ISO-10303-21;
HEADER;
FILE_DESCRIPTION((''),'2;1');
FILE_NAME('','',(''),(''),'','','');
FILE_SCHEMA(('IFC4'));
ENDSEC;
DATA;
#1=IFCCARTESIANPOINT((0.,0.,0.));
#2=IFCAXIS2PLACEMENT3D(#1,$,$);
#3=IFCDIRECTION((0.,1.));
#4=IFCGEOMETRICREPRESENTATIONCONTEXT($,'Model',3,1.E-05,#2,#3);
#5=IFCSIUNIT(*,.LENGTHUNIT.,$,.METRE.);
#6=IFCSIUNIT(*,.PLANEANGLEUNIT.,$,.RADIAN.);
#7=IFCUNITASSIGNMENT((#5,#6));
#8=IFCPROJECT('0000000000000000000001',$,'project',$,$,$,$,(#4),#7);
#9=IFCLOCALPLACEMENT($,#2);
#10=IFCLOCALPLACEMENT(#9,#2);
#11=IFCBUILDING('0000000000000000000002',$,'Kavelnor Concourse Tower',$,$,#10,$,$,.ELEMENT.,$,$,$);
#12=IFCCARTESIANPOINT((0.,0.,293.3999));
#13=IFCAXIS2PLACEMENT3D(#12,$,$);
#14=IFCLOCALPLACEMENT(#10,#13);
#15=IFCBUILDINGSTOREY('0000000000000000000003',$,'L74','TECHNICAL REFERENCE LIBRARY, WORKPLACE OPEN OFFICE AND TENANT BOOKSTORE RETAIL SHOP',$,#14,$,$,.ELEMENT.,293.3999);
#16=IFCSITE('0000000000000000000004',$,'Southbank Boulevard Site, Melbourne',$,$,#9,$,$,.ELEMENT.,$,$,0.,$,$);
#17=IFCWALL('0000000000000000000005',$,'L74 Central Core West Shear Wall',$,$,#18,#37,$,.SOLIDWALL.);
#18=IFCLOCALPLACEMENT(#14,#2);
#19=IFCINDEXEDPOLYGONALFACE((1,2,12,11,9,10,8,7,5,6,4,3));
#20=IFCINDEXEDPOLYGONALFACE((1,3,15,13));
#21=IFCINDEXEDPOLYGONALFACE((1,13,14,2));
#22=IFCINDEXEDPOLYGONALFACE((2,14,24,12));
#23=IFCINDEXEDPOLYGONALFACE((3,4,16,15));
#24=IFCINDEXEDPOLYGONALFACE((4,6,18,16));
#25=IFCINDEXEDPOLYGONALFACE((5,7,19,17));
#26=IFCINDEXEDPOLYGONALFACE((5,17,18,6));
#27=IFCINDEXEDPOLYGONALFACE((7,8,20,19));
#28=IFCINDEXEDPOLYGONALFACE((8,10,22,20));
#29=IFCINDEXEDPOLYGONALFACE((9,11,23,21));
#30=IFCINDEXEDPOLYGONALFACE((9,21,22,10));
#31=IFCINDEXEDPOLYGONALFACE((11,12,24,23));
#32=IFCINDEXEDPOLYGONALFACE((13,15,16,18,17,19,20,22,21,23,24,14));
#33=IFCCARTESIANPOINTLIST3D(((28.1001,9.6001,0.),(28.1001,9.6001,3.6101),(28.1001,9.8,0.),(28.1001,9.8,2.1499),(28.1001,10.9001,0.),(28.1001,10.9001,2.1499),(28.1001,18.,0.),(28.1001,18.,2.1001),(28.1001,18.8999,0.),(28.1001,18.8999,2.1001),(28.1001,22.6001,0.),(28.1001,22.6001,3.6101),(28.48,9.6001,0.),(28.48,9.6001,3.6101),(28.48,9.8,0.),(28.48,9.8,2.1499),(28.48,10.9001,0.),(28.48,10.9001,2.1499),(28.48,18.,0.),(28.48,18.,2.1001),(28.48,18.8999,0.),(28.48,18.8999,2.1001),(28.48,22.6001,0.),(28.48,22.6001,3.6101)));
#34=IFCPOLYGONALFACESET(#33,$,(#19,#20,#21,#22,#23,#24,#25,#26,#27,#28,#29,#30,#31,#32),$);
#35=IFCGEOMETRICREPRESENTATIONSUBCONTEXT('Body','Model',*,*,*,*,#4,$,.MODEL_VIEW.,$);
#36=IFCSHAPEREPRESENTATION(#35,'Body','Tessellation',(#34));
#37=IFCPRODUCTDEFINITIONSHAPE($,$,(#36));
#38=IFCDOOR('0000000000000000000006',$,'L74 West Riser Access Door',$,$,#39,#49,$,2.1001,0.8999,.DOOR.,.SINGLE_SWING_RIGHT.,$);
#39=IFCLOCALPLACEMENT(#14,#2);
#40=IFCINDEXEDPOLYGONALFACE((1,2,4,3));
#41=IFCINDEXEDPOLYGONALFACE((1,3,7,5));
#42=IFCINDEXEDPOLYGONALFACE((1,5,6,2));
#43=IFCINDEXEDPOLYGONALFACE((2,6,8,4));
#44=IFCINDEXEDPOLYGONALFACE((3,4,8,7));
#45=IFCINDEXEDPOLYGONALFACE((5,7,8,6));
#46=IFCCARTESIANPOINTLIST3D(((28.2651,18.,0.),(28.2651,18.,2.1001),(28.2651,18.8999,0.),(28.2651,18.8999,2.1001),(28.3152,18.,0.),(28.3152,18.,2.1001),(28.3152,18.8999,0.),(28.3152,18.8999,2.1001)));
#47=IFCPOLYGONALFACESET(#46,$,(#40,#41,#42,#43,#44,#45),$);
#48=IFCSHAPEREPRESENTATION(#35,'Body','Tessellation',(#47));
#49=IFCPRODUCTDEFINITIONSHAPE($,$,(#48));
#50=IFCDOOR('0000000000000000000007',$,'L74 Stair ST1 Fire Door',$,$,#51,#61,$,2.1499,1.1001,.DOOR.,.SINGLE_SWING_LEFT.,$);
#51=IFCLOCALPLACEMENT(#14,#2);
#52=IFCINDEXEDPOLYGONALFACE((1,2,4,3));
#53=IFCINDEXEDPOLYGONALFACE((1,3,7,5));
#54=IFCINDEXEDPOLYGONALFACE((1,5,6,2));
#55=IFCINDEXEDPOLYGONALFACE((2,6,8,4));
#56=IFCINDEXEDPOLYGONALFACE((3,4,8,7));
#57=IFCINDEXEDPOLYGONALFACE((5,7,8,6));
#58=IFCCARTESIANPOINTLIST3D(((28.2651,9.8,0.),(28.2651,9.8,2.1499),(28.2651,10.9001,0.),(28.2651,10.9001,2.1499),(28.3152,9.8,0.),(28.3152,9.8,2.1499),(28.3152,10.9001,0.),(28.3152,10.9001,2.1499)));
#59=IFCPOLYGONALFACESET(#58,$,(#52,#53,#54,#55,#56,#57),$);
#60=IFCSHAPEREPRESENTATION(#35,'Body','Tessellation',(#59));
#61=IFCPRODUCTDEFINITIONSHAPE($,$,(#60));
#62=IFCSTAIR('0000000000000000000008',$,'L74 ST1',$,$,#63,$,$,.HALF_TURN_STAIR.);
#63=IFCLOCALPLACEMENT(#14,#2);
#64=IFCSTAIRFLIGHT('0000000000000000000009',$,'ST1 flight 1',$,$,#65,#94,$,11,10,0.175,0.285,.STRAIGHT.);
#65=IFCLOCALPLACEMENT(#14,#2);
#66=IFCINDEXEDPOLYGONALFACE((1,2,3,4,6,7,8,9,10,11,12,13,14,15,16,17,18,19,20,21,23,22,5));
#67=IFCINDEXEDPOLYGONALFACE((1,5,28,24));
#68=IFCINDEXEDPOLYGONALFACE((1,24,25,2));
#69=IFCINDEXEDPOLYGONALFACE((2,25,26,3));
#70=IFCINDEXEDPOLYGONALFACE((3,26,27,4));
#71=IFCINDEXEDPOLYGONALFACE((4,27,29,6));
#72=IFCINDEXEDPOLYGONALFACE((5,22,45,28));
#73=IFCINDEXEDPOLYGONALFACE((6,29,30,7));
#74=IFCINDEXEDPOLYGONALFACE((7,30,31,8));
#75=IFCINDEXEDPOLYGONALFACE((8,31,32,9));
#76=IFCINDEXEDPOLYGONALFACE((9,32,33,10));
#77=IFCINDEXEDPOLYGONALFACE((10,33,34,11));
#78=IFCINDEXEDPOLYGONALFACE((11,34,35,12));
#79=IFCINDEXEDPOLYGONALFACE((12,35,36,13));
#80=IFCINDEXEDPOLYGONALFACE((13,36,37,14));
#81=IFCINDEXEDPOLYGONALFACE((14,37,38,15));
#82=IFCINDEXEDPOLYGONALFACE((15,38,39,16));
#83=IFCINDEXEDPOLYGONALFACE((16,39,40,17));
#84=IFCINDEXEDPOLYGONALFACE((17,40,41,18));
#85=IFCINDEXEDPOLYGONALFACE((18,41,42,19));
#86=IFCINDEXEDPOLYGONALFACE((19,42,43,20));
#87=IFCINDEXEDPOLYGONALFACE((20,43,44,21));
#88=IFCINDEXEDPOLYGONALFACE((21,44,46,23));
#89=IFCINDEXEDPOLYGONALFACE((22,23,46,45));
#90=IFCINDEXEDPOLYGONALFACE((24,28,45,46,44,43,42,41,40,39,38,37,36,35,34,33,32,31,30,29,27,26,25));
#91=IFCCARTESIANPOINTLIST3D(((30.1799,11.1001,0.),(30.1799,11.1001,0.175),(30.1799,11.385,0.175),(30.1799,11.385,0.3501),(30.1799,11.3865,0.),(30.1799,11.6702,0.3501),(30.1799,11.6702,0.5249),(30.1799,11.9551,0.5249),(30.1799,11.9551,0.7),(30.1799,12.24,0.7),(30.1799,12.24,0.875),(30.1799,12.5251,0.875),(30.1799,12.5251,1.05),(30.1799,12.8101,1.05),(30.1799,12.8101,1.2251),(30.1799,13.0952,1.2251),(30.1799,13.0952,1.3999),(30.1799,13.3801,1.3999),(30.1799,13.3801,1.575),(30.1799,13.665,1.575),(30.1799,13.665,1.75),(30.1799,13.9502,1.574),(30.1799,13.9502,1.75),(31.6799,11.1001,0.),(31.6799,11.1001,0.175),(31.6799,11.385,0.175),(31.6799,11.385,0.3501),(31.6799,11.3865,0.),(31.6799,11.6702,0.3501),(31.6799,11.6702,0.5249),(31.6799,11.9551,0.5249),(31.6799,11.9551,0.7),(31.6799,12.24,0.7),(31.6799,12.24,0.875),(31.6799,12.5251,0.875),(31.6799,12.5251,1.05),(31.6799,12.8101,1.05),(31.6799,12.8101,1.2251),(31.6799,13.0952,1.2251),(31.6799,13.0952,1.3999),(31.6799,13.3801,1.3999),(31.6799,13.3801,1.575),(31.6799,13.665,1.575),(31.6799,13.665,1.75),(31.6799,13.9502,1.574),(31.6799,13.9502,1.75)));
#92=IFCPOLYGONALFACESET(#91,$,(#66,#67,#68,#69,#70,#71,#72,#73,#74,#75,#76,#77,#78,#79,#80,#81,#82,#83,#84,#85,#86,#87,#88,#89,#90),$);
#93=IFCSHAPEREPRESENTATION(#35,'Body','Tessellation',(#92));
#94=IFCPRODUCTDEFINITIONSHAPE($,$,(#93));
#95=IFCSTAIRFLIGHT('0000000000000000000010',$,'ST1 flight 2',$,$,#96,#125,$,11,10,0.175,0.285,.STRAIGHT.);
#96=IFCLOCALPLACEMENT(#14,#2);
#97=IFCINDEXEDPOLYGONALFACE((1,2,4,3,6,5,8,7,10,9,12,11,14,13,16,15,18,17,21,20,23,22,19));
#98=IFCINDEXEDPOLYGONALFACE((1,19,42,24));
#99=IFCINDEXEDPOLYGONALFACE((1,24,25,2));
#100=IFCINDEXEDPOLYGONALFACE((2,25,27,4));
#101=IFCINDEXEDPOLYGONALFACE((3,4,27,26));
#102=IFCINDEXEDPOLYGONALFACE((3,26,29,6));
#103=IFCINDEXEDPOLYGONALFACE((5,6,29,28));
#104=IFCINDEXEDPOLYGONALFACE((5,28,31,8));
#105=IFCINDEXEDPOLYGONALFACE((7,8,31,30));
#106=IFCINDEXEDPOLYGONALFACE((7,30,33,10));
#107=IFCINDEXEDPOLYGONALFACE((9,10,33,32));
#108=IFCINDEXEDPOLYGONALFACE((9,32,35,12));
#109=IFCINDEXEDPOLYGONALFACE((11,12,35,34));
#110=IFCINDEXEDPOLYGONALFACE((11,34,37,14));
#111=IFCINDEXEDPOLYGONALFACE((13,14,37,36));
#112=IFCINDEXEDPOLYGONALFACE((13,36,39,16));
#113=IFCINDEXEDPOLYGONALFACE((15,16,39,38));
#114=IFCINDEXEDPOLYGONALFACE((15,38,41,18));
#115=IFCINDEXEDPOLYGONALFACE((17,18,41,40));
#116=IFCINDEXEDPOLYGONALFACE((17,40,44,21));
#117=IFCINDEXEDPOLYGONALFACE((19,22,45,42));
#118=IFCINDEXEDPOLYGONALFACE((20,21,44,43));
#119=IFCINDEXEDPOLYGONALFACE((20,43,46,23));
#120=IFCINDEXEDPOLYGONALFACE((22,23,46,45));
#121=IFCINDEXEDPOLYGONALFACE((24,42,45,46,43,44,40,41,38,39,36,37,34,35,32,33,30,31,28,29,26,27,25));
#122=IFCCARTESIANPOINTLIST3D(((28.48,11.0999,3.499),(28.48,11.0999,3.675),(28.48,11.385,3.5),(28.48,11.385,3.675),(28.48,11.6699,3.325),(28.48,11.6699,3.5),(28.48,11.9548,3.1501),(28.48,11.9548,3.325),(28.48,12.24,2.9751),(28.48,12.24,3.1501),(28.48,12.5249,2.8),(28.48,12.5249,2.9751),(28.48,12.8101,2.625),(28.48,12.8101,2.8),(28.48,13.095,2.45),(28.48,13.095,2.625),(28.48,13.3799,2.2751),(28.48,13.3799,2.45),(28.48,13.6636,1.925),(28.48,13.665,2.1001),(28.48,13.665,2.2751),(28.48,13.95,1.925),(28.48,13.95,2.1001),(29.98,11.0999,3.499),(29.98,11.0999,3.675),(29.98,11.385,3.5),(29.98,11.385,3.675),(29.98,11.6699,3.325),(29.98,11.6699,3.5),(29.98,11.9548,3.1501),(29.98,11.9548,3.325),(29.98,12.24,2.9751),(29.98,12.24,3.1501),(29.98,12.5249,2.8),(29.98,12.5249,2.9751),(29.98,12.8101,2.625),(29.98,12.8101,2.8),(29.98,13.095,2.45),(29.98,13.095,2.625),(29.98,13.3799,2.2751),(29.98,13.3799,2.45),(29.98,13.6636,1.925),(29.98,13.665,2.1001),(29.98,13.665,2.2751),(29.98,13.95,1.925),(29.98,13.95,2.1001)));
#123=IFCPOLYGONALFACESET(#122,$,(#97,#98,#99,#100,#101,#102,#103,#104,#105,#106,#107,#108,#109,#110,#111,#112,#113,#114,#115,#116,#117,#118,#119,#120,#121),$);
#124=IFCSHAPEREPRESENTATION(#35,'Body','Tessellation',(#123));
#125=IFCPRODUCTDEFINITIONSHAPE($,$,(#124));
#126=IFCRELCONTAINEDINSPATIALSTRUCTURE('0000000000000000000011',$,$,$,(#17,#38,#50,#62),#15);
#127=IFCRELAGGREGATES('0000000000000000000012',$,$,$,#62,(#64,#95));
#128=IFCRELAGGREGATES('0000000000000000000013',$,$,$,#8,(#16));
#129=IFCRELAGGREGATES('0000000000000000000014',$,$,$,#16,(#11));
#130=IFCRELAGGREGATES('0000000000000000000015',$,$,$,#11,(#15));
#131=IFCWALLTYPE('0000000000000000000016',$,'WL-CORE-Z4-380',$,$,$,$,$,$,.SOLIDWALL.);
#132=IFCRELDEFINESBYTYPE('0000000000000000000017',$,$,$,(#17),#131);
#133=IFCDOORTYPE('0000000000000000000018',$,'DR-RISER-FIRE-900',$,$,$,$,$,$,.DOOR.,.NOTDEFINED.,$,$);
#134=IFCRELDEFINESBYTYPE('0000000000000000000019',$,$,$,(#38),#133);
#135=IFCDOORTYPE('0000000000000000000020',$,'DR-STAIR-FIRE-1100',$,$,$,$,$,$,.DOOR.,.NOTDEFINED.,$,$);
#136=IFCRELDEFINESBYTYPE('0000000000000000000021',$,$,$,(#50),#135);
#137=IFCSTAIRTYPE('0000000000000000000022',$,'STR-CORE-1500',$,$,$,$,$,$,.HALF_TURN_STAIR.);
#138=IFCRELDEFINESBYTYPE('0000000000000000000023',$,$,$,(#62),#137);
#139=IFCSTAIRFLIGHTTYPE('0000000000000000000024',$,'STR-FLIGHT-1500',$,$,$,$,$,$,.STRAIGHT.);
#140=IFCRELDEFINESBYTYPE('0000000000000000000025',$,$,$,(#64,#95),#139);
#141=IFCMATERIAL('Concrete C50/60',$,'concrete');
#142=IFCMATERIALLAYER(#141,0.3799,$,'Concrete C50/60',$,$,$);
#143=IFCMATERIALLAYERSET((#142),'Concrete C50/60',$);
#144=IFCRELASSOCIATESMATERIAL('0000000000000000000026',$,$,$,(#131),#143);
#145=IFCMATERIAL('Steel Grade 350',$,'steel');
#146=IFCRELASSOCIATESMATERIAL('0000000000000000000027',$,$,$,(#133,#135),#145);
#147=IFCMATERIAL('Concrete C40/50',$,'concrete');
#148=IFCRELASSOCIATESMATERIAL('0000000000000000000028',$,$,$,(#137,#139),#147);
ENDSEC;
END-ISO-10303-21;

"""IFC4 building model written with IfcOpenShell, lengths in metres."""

from ifc_helpers import new_model, si_unit, direction, frame, frame_2d, origin, place, context, subcontext, project, spatial, polyline, rectangle, outline, extrude, material, layer, layer_set, type_object, element, fill, aggregate, save


model = new_model("IFC4")

# Units and contexts
model_context = context("Model", 3, precision=1e-05, world=origin(), true_north=direction((0.0, 1.0)))
body_context = subcontext(model_context, "Body", "Model", "MODEL_VIEW")
ifc_project = project(units=[si_unit("LENGTHUNIT", "METRE"), si_unit("PLANEANGLEUNIT", "RADIAN")], contexts=[model_context])

# Site, building, storey
site_placement = place(None, origin())
site = spatial("IfcSite", under=ifc_project, at=site_placement, Name="Southbank Boulevard Site, Melbourne", CompositionType="ELEMENT", RefElevation=0.0)
building_placement = place(site_placement, origin())
building = spatial("IfcBuilding", under=site, at=building_placement, Name="Kavelnor Concourse Tower", CompositionType="ELEMENT")
storey_placement = place(building_placement, frame((0.0, 0.0, 293.3999)))
storey = spatial("IfcBuildingStorey", under=building, at=storey_placement, Name="L74", Description="TECHNICAL REFERENCE LIBRARY, WORKPLACE OPEN OFFICE AND TENANT BOOKSTORE RETAIL SHOP", CompositionType="ELEMENT", Elevation=293.3999)

# Shared definitions
ifc_material_1 = material(Name="Steel Grade 350", Category="steel")

# Shared definitions
ifc_material_2 = material(Name="Concrete C50/60", Category="concrete")
ifc_layer = layer(ifc_material_2, 0.3799, Name="Concrete C50/60")
ifc_layer_set = layer_set([ifc_layer], Name="Concrete C50/60")
wall_type = type_object("IfcWallType", Name="WL-CORE-Z4-380", PredefinedType="SOLIDWALL", material=ifc_layer_set)

# Wall, openings, doors
wall_1_placement = place(storey_placement, frame((28.29, 9.6001, 0.0), z_axis=(0.0, 0.0, 1.0), x_axis=(0.0, 1.0, 0.0)))
wall_1 = element("IfcWall", 1, at=wall_1_placement, inside=storey, type_object=wall_type, Name="L74 Central Core West Shear Wall", PredefinedType="SOLIDWALL", context=body_context, shape_type="SweptSolid", body=[
    extrude(rectangle(XDim=13.0, YDim=0.3799, at=frame_2d((6.5, 0.0))), origin(), (0.0, 0.0, 1.0), 3.6101),
])
opening_1_placement = place(wall_1_placement, frame((0.2, 0.0, 0.0)))
opening_1 = element("IfcOpeningElement", 2, at=opening_1_placement, cuts=wall_1, PredefinedType="OPENING", context=body_context, shape_type="SweptSolid", body=[
    extrude(rectangle(XDim=1.1001, YDim=2.1499, at=frame_2d((0.55, 1.075))), frame((0.0, 0.2, 0.0), z_axis=(0.0, -1.0, 0.0), x_axis=(1.0, 0.0, 0.0)), (0.0, 0.0, 1.0), 0.3999),
])
opening_2_placement = place(wall_1_placement, frame((8.3999, 0.0, 0.0)))
opening_2 = element("IfcOpeningElement", 3, at=opening_2_placement, cuts=wall_1, PredefinedType="OPENING", context=body_context, shape_type="SweptSolid", body=[
    extrude(rectangle(XDim=0.8999, YDim=2.1001, at=frame_2d((0.45, 1.05))), frame((0.0, 0.2, 0.0), z_axis=(0.0, -1.0, 0.0), x_axis=(1.0, 0.0, 0.0)), (0.0, 0.0, 1.0), 0.3999),
])
door_type_1 = type_object("IfcDoorType", Name="DR-RISER-FIRE-900", OperationType="NOTDEFINED", PredefinedType="DOOR", material=ifc_material_1)
door_1_placement = place(opening_2_placement, origin())
door_1 = element("IfcDoor", 4, at=door_1_placement, inside=storey, type_object=door_type_1, Name="L74 West Riser Access Door", OperationType="SINGLE_SWING_RIGHT", OverallHeight=2.1001, OverallWidth=0.8999, PredefinedType="DOOR", context=body_context, shape_type="SweptSolid", body=[
    extrude(rectangle(XDim=0.8999, YDim=2.1001, at=frame_2d((0.45, 1.05))), frame((0.0, 0.0249, 0.0), z_axis=(0.0, -1.0, 0.0), x_axis=(1.0, 0.0, 0.0)), (0.0, 0.0, 1.0), 0.05),
])
fill(opening_2, door_1)
door_type_2 = type_object("IfcDoorType", Name="DR-STAIR-FIRE-1100", OperationType="NOTDEFINED", PredefinedType="DOOR", material=ifc_material_1)
door_2_placement = place(opening_1_placement, origin())
door_2 = element("IfcDoor", 5, at=door_2_placement, inside=storey, type_object=door_type_2, Name="L74 Stair ST1 Fire Door", OperationType="SINGLE_SWING_LEFT", OverallHeight=2.1499, OverallWidth=1.1001, PredefinedType="DOOR", context=body_context, shape_type="SweptSolid", body=[
    extrude(rectangle(XDim=1.1001, YDim=2.1499, at=frame_2d((0.55, 1.075))), frame((0.0, 0.0249, 0.0), z_axis=(0.0, -1.0, 0.0), x_axis=(1.0, 0.0, 0.0)), (0.0, 0.0, 1.0), 0.05),
])
fill(opening_1, door_2)

# Stair, stair flights
ifc_material_3 = material(Name="Concrete C40/50", Category="concrete")
stair_type = type_object("IfcStairType", Name="STR-CORE-1500", PredefinedType="HALF_TURN_STAIR", material=ifc_material_3)
stair_placement = place(storey_placement, origin())
stair = element("IfcStair", 6, at=stair_placement, inside=storey, type_object=stair_type, Name="L74 ST1", PredefinedType="HALF_TURN_STAIR")
stair_flight_type = type_object("IfcStairFlightType", Name="STR-FLIGHT-1500", PredefinedType="STRAIGHT", material=ifc_material_3)
stair_flight_1_placement = place(storey_placement, frame((30.9299, 11.1001, 0.0), z_axis=(0.0, 0.0, 1.0), x_axis=(0.0, 1.0, 0.0)))
stair_flight_1 = element("IfcStairFlight", 7, at=stair_flight_1_placement, type_object=stair_flight_type, Name="ST1 flight 1", NumberOfRisers=11, NumberOfTreads=10, PredefinedType="STRAIGHT", RiserHeight=0.175, TreadLength=0.285, context=body_context, shape_type="SweptSolid", body=[
    extrude(outline(polyline([(0.0, 0.0), (0.0, 0.175), (0.2849, 0.175), (0.2849, 0.3501), (0.5701, 0.3501), (0.5701, 0.5249), (0.855, 0.5249), (0.855, 0.7), (1.1399, 0.7), (1.1399, 0.875), (1.425, 0.875), (1.425, 1.05), (1.71, 1.05), (1.71, 1.2251), (1.9951, 1.2251), (1.9951, 1.3999), (2.28, 1.3999), (2.28, 1.575), (2.5649, 1.575), (2.5649, 1.75), (2.8501, 1.75), (2.8501, 1.925), (2.8501, 1.574), (0.2864, 0.0), (0.0, 0.0)])), frame((0.0, 0.75, 0.0), z_axis=(0.0, -1.0, 0.0), x_axis=(1.0, 0.0, 0.0)), (0.0, 0.0, 1.0), 1.5),
])
stair_flight_2_placement = place(storey_placement, frame((29.23, 13.95, 1.925), z_axis=(0.0, 0.0, 1.0), x_axis=(0.0, -1.0, 0.0)))
stair_flight_2 = element("IfcStairFlight", 8, at=stair_flight_2_placement, type_object=stair_flight_type, Name="ST1 flight 2", NumberOfRisers=11, NumberOfTreads=10, PredefinedType="STRAIGHT", RiserHeight=0.175, TreadLength=0.285, context=body_context, shape_type="SweptSolid", body=[
    extrude(outline(polyline([(0.0, 0.0), (0.0, 0.175), (0.2849, 0.175), (0.2849, 0.3501), (0.5701, 0.3501), (0.5701, 0.5249), (0.855, 0.5249), (0.855, 0.7), (1.1399, 0.7), (1.1399, 0.875), (1.425, 0.875), (1.425, 1.05), (1.71, 1.05), (1.71, 1.2251), (1.9951, 1.2251), (1.9951, 1.3999), (2.28, 1.3999), (2.28, 1.575), (2.5649, 1.575), (2.5649, 1.75), (2.8501, 1.75), (2.8501, 1.925), (2.8501, 1.574), (0.2864, 0.0), (0.0, 0.0)])), frame((0.0, 0.75, 0.0), z_axis=(0.0, -1.0, 0.0), x_axis=(1.0, 0.0, 0.0)), (0.0, 0.0, 1.0), 1.5),
])
aggregate(stair, [stair_flight_1, stair_flight_2])

save(model, "model.ifc")
